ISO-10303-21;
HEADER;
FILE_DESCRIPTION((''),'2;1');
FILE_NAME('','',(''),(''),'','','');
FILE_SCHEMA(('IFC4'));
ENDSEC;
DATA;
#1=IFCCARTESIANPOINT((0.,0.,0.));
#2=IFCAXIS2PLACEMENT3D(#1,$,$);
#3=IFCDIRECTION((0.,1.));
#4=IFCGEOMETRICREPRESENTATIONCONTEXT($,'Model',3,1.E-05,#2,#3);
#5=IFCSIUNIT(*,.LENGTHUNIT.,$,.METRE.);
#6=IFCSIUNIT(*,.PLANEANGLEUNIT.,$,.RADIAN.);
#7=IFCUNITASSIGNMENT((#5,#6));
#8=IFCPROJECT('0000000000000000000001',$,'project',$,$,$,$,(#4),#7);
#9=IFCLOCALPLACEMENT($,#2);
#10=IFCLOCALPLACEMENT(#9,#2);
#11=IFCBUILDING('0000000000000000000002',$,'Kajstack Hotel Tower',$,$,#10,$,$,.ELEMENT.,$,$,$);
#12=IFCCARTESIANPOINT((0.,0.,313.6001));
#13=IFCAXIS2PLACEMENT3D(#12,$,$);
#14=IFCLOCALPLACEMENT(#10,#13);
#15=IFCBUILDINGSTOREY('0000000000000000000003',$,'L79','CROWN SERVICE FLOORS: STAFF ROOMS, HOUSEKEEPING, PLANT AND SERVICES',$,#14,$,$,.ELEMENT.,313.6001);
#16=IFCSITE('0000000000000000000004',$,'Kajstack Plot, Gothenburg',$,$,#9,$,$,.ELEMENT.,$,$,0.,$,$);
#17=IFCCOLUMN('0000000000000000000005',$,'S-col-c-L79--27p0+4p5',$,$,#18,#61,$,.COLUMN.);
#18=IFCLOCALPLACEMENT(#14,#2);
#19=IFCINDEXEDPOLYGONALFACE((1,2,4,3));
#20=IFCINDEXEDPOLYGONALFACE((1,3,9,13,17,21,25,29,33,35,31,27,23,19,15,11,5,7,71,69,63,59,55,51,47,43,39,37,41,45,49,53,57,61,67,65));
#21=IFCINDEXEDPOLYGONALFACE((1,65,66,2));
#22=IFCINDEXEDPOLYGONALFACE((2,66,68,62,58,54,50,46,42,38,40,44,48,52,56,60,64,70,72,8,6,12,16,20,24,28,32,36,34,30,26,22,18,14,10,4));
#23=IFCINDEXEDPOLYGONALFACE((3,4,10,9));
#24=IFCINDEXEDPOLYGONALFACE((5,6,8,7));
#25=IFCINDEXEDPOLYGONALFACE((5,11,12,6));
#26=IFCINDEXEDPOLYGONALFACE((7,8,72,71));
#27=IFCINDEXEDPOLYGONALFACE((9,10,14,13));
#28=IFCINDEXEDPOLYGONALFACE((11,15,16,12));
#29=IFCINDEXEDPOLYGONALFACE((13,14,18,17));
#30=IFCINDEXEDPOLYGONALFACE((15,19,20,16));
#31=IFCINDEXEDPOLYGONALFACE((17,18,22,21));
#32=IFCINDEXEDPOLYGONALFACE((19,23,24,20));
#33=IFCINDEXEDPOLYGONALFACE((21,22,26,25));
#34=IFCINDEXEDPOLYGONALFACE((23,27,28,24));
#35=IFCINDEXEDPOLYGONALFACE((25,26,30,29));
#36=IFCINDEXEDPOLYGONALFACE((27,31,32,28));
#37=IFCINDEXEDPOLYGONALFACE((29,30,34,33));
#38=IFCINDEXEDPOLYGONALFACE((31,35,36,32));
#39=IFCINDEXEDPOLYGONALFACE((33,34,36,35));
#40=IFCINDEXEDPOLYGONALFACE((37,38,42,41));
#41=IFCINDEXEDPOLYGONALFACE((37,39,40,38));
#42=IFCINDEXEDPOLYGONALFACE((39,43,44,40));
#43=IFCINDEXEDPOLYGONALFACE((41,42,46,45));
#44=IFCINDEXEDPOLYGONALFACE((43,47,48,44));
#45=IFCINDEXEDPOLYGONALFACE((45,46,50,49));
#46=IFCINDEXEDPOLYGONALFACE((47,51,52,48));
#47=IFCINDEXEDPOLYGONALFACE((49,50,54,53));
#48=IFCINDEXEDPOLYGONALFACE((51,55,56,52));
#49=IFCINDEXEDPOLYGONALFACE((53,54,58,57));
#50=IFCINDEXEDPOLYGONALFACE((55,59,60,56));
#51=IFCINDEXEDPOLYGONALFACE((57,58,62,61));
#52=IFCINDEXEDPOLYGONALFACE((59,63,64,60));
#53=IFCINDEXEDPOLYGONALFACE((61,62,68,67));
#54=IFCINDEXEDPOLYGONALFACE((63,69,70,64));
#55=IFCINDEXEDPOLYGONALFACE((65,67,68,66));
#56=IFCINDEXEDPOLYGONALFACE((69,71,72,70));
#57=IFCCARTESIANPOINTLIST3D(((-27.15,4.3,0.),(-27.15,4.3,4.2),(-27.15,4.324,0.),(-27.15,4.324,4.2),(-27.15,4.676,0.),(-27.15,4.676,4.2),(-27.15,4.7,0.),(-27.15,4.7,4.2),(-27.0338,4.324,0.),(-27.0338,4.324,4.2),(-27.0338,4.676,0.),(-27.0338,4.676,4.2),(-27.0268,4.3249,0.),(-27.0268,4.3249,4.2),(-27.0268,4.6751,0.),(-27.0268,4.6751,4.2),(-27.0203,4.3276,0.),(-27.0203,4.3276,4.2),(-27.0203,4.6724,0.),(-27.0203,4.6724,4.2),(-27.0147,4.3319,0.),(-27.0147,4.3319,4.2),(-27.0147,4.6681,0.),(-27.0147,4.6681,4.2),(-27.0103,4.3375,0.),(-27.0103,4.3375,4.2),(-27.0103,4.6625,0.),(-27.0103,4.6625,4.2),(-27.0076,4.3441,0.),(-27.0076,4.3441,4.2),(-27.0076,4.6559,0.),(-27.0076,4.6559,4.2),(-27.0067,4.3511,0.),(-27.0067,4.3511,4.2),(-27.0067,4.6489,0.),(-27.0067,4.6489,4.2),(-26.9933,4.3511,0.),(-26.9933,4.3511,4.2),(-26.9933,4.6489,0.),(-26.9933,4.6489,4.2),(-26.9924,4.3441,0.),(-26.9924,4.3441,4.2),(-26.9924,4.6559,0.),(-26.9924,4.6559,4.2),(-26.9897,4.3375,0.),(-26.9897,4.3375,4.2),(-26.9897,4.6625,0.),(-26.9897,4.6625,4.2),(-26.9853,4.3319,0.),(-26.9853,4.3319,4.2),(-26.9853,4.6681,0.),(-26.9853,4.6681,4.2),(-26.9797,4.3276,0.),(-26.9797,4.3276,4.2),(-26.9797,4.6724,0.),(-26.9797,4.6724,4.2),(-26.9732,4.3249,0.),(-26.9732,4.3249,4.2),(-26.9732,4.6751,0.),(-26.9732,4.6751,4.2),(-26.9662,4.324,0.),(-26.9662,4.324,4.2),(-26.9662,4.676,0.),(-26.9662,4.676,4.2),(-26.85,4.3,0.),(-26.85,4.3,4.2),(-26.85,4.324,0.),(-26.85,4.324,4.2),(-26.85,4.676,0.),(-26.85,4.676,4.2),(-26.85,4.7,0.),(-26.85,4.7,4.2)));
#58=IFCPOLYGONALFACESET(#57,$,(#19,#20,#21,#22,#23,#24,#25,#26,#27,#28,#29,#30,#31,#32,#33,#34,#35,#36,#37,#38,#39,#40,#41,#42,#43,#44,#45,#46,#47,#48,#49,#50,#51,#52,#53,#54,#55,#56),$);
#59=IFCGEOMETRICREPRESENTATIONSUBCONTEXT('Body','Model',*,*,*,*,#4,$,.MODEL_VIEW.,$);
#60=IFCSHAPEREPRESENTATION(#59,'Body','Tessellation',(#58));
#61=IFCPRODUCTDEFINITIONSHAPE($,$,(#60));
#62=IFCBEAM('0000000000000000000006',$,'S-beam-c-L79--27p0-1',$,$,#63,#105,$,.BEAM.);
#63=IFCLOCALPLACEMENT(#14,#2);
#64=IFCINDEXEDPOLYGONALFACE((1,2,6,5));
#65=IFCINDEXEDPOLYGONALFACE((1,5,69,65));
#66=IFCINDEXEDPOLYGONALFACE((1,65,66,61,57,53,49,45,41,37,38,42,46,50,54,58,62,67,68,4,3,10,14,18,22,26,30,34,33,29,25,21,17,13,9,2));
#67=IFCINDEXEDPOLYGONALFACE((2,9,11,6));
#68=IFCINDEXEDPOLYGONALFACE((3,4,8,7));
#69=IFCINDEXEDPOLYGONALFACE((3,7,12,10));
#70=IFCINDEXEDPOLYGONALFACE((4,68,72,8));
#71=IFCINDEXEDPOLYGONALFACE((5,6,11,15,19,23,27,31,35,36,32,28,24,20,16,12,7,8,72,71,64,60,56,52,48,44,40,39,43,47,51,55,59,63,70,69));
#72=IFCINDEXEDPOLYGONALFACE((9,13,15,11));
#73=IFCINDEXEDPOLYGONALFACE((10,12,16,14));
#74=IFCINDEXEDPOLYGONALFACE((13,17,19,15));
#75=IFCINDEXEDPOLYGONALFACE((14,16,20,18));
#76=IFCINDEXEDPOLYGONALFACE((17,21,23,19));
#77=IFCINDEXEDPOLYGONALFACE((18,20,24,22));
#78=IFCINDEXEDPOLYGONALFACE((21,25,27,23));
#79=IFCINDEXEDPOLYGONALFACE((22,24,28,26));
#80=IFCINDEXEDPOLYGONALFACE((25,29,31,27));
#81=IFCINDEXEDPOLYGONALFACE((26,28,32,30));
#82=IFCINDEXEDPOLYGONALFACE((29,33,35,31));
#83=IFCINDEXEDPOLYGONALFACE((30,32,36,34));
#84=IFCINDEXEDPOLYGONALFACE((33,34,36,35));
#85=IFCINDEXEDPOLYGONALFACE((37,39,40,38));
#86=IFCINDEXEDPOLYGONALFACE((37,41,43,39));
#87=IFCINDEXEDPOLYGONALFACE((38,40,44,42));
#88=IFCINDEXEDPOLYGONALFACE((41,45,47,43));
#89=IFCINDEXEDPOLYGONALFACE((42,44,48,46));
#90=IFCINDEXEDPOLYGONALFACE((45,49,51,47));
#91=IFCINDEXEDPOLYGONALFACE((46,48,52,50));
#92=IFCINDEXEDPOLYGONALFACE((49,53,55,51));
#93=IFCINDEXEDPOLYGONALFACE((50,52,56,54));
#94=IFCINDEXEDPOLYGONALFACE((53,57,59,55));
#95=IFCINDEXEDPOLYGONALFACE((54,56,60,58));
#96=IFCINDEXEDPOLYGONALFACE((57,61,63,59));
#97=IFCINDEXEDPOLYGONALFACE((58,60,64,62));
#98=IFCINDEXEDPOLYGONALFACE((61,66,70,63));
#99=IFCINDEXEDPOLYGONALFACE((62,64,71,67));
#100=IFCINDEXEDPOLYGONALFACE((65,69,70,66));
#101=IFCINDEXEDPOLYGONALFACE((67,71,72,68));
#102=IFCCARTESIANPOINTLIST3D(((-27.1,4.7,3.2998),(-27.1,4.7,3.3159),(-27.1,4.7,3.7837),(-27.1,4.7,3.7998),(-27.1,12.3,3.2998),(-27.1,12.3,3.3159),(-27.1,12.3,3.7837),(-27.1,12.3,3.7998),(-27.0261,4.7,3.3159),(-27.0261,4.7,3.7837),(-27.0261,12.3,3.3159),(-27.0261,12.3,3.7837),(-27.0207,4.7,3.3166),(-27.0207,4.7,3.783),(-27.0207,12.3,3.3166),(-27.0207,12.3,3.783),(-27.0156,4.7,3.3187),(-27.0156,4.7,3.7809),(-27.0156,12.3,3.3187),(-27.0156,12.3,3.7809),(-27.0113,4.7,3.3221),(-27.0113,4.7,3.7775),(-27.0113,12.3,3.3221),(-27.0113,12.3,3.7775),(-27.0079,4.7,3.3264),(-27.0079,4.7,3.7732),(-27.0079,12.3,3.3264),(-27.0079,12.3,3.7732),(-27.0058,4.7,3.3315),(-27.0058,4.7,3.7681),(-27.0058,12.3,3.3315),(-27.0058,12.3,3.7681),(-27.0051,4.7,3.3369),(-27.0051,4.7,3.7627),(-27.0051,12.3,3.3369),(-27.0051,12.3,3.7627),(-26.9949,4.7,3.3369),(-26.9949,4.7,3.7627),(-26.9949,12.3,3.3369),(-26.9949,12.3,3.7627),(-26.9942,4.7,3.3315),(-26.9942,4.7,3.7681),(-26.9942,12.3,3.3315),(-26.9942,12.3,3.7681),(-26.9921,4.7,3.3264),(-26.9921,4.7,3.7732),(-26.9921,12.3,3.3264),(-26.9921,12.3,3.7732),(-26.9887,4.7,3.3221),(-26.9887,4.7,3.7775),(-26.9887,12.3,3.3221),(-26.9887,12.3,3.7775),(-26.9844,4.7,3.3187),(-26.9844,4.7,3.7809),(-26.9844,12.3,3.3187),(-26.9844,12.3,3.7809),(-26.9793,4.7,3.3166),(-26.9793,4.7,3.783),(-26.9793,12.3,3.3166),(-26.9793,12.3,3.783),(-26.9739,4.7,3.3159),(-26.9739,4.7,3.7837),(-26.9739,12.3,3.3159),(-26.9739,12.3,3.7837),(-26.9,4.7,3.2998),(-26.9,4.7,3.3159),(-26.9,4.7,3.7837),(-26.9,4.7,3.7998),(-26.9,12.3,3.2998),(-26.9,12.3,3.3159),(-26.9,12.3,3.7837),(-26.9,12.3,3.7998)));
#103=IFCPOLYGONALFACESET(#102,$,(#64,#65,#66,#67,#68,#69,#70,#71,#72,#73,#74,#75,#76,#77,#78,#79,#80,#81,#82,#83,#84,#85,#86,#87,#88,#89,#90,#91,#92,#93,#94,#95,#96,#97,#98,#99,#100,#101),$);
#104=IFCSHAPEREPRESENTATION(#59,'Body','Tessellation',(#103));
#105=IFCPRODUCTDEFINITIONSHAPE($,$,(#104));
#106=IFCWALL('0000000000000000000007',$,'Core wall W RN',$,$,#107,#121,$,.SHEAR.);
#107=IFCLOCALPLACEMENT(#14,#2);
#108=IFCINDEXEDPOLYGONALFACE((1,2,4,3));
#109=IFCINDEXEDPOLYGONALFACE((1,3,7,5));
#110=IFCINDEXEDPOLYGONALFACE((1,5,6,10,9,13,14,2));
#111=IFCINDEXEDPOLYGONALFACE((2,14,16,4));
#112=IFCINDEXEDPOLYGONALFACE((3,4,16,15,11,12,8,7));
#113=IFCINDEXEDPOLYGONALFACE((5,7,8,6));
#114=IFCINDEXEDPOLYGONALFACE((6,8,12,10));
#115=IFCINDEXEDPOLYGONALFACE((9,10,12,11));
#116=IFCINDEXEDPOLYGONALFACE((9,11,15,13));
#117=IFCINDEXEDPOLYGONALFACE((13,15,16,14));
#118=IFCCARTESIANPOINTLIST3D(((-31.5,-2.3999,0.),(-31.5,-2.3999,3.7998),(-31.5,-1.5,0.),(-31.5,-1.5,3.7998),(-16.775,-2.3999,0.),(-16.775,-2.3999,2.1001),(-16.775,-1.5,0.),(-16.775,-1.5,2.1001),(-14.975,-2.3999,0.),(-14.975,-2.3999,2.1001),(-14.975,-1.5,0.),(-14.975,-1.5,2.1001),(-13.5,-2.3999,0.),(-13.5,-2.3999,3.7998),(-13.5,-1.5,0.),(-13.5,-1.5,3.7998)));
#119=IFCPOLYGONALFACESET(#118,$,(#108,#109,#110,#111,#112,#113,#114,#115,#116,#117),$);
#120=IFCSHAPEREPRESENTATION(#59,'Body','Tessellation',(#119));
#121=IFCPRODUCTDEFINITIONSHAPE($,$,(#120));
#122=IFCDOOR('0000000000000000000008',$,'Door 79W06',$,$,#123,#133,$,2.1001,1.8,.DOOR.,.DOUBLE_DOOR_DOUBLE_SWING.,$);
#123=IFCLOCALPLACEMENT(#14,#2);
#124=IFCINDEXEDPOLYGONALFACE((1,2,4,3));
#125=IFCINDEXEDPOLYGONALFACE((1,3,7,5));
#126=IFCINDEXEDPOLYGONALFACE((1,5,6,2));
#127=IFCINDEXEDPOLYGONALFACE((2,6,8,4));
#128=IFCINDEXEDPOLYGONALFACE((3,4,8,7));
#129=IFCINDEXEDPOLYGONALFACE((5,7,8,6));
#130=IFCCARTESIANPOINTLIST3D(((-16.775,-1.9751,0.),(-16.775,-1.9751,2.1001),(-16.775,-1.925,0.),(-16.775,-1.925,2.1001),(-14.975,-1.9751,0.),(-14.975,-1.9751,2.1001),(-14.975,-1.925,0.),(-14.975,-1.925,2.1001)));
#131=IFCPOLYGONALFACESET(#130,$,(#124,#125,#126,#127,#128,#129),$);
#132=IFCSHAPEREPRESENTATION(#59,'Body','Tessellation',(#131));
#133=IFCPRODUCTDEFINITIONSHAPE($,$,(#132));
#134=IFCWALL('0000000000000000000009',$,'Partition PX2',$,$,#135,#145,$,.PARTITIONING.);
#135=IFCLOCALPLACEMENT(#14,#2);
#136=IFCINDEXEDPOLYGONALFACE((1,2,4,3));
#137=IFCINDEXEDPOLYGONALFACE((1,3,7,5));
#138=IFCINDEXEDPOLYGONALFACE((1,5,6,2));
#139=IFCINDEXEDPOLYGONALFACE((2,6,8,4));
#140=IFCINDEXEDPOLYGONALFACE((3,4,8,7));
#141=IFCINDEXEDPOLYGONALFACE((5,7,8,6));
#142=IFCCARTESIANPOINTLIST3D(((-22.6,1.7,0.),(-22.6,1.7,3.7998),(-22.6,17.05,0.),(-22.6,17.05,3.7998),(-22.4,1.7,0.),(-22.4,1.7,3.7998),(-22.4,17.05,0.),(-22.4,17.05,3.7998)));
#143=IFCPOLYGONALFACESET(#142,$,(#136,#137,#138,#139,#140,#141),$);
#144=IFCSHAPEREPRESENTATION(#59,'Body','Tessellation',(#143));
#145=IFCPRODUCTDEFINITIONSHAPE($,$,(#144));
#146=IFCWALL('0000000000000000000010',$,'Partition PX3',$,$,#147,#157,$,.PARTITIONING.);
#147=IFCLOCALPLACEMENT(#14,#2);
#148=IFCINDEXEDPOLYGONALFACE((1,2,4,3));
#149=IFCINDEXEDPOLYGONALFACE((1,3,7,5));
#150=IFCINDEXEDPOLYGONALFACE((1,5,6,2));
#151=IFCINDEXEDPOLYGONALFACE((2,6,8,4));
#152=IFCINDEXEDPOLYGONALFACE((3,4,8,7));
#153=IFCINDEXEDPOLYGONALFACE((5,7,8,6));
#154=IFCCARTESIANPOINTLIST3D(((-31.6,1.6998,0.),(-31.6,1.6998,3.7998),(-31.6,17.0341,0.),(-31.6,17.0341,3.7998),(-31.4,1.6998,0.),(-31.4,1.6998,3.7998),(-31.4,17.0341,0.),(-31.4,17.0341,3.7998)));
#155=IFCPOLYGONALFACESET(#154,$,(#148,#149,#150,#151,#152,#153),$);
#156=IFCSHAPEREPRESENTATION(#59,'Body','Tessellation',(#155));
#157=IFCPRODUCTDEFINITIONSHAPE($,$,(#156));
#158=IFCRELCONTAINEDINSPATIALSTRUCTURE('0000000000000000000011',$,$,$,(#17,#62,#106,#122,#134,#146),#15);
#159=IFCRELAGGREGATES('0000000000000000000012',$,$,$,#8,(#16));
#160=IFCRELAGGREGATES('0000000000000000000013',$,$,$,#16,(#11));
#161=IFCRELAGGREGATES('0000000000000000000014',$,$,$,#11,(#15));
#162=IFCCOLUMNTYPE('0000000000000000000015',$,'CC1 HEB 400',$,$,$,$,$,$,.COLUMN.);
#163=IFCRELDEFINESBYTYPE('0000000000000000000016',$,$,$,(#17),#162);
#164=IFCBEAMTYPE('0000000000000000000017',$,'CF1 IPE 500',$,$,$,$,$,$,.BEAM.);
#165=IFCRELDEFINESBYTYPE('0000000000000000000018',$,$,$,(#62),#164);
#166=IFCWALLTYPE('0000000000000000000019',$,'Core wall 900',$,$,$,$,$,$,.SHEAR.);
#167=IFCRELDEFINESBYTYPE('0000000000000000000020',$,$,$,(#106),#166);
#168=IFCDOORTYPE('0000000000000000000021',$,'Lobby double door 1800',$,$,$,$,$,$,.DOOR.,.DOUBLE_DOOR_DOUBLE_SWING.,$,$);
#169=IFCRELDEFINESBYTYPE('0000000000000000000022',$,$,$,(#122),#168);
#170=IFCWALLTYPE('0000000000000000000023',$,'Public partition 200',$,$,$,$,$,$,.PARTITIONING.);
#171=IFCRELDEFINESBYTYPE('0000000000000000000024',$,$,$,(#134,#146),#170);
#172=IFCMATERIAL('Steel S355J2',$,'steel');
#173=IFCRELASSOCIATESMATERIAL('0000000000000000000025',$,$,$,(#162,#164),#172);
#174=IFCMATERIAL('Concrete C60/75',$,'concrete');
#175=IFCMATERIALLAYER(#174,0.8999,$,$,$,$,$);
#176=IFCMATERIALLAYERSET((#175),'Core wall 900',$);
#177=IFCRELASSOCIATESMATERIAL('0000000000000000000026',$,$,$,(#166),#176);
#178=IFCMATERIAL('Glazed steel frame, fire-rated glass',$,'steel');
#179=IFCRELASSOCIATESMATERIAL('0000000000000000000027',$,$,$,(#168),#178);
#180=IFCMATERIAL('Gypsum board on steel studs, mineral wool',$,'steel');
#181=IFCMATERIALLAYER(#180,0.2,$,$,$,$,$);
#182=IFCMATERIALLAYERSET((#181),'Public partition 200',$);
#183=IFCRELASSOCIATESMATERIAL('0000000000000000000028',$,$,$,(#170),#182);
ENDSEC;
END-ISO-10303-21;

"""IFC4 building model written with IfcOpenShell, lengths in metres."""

from ifc_helpers import new_model, si_unit, direction, frame, frame_2d, origin, origin_2d, place, context, subcontext, project, spatial, rectangle, i_section, extrude, material, layer, layer_set, material_profile, profile_set, type_object, element, fill, save


model = new_model("IFC4")

# Units and contexts
model_context = context("Model", 3, precision=1e-05, world=origin(), true_north=direction((0.0, 1.0)))
body_context = subcontext(model_context, "Body", "Model", "MODEL_VIEW")
ifc_project = project(units=[si_unit("LENGTHUNIT", "METRE"), si_unit("PLANEANGLEUNIT", "RADIAN")], contexts=[model_context])

# Site, building, storey
site_placement = place(None, origin())
site = spatial("IfcSite", under=ifc_project, at=site_placement, Name="Kajstack Plot, Gothenburg", CompositionType="ELEMENT", RefElevation=0.0)
building_placement = place(site_placement, origin())
building = spatial("IfcBuilding", under=site, at=building_placement, Name="Kajstack Hotel Tower", CompositionType="ELEMENT")
storey_placement = place(building_placement, frame((0.0, 0.0, 313.6001)))
storey = spatial("IfcBuildingStorey", under=building, at=storey_placement, Name="L79", Description="CROWN SERVICE FLOORS: STAFF ROOMS, HOUSEKEEPING, PLANT AND SERVICES", CompositionType="ELEMENT", Elevation=313.6001)

# Column
ifc_material_1 = material(Name="Steel S355J2", Category="steel")
ifc_material_profile_1 = material_profile(ifc_material_1, i_section(OverallWidth=0.3, OverallDepth=0.3999, WebThickness=0.0134, FlangeThickness=0.0239, FilletRadius=0.0271, at=origin_2d()), Name="HEB 400")
ifc_profile_set_1 = profile_set([ifc_material_profile_1], Name="Steel S355J2")
column_type = type_object("IfcColumnType", Name="CC1 HEB 400", PredefinedType="COLUMN", material=ifc_profile_set_1)
column_placement = place(storey_placement, frame((-27.0, 4.5, 0.0), z_axis=(0.0, 0.0, 1.0), x_axis=(1.0, 0.0, 0.0)))
element("IfcColumn", 1, at=column_placement, inside=storey, type_object=column_type, Name="S-col-c-L79--27p0+4p5", PredefinedType="COLUMN", context=body_context, shape_type="SweptSolid", body=[
    extrude(i_section(OverallWidth=0.3, OverallDepth=0.3999, WebThickness=0.0134, FlangeThickness=0.0239, FilletRadius=0.0271, at=origin_2d()), origin(), (0.0, 0.0, 1.0), 4.2),
])

# Beam
ifc_material_profile_2 = material_profile(ifc_material_1, i_section(OverallWidth=0.2, OverallDepth=0.5, WebThickness=0.0103, FlangeThickness=0.0161, FilletRadius=0.021, at=origin_2d()), Name="IPE 500")
ifc_profile_set_2 = profile_set([ifc_material_profile_2], Name="Steel S355J2")
beam_type = type_object("IfcBeamType", Name="CF1 IPE 500", PredefinedType="BEAM", material=ifc_profile_set_2)
beam_placement = place(storey_placement, frame((-27.0, 4.7, 3.5498), z_axis=(0.0, 1.0, 0.0), x_axis=(-1.0, 0.0, 0.0)))
element("IfcBeam", 2, at=beam_placement, inside=storey, type_object=beam_type, Name="S-beam-c-L79--27p0-1", PredefinedType="BEAM", context=body_context, shape_type="SweptSolid", body=[
    extrude(i_section(OverallWidth=0.2, OverallDepth=0.5, WebThickness=0.0103, FlangeThickness=0.0161, FilletRadius=0.021, at=origin_2d()), origin(), (0.0, 0.0, 1.0), 7.6001),
])

# Wall, opening, door
ifc_material_2 = material(Name="Concrete C60/75", Category="concrete")
ifc_layer_1 = layer(ifc_material_2, 0.8999)
ifc_layer_set_1 = layer_set([ifc_layer_1], Name="Core wall 900")
wall_type_1 = type_object("IfcWallType", Name="Core wall 900", PredefinedType="SHEAR", material=ifc_layer_set_1)
wall_1_placement = place(storey_placement, frame((-31.5, -1.95, 0.0), z_axis=(0.0, 0.0, 1.0), x_axis=(1.0, 0.0, 0.0)))
wall_1 = element("IfcWall", 3, at=wall_1_placement, inside=storey, type_object=wall_type_1, Name="Core wall W RN", PredefinedType="SHEAR", context=body_context, shape_type="SweptSolid", body=[
    extrude(rectangle(XDim=18.0, YDim=0.8999, at=frame_2d((9.0, 0.0))), origin(), (0.0, 0.0, 1.0), 3.7998),
])
opening_1_placement = place(wall_1_placement, frame((14.7251, 0.0, 0.0)))
opening_1 = element("IfcOpeningElement", 4, at=opening_1_placement, cuts=wall_1, PredefinedType="OPENING", context=body_context, shape_type="SweptSolid", body=[
    extrude(rectangle(XDim=1.8, YDim=2.1001, at=frame_2d((0.8999, 1.05))), frame((0.0, 0.46, 0.0), z_axis=(0.0, -1.0, 0.0), x_axis=(1.0, 0.0, 0.0)), (0.0, 0.0, 1.0), 0.9199),
])
ifc_material_3 = material(Name="Glazed steel frame, fire-rated glass", Category="steel")
door_type_1 = type_object("IfcDoorType", Name="Lobby double door 1800", OperationType="DOUBLE_DOOR_DOUBLE_SWING", PredefinedType="DOOR", material=ifc_material_3)
door_1_placement = place(opening_1_placement, origin())
door_1 = element("IfcDoor", 5, at=door_1_placement, inside=storey, type_object=door_type_1, Name="Door 79W06", OperationType="DOUBLE_DOOR_DOUBLE_SWING", OverallHeight=2.1001, OverallWidth=1.8, PredefinedType="DOOR", context=body_context, shape_type="SweptSolid", body=[
    extrude(rectangle(XDim=1.8, YDim=2.1001, at=frame_2d((0.8999, 1.05))), frame((0.0, 0.0249, 0.0), z_axis=(0.0, -1.0, 0.0), x_axis=(1.0, 0.0, 0.0)), (0.0, 0.0, 1.0), 0.05),
])
fill(opening_1, door_1)

# Walls
ifc_material_4 = material(Name="Gypsum board on steel studs, mineral wool", Category="steel")
ifc_layer_2 = layer(ifc_material_4, 0.2)
ifc_layer_set_2 = layer_set([ifc_layer_2], Name="Public partition 200")
wall_type_2 = type_object("IfcWallType", Name="Public partition 200", PredefinedType="PARTITIONING", material=ifc_layer_set_2)
wall_2_placement = place(storey_placement, frame((-22.5, 1.7, 0.0), z_axis=(0.0, 0.0, 1.0), x_axis=(0.0, 1.0, 0.0)))
element("IfcWall", 6, at=wall_2_placement, inside=storey, type_object=wall_type_2, Name="Partition PX2", PredefinedType="PARTITIONING", context=body_context, shape_type="SweptSolid", body=[
    extrude(rectangle(XDim=15.3501, YDim=0.2, at=frame_2d((7.675, 0.0))), origin(), (0.0, 0.0, 1.0), 3.7998),
])
wall_3_placement = place(storey_placement, frame((-31.5, 1.7, 0.0), z_axis=(0.0, 0.0, 1.0), x_axis=(0.0, 1.0, 0.0)))
element("IfcWall", 7, at=wall_3_placement, inside=storey, type_object=wall_type_2, Name="Partition PX3", PredefinedType="PARTITIONING", context=body_context, shape_type="SweptSolid", body=[
    extrude(rectangle(XDim=15.3342, YDim=0.2, at=frame_2d((7.667, 0.0))), origin(), (0.0, 0.0, 1.0), 3.7998),
])

save(model, "model.ifc")
